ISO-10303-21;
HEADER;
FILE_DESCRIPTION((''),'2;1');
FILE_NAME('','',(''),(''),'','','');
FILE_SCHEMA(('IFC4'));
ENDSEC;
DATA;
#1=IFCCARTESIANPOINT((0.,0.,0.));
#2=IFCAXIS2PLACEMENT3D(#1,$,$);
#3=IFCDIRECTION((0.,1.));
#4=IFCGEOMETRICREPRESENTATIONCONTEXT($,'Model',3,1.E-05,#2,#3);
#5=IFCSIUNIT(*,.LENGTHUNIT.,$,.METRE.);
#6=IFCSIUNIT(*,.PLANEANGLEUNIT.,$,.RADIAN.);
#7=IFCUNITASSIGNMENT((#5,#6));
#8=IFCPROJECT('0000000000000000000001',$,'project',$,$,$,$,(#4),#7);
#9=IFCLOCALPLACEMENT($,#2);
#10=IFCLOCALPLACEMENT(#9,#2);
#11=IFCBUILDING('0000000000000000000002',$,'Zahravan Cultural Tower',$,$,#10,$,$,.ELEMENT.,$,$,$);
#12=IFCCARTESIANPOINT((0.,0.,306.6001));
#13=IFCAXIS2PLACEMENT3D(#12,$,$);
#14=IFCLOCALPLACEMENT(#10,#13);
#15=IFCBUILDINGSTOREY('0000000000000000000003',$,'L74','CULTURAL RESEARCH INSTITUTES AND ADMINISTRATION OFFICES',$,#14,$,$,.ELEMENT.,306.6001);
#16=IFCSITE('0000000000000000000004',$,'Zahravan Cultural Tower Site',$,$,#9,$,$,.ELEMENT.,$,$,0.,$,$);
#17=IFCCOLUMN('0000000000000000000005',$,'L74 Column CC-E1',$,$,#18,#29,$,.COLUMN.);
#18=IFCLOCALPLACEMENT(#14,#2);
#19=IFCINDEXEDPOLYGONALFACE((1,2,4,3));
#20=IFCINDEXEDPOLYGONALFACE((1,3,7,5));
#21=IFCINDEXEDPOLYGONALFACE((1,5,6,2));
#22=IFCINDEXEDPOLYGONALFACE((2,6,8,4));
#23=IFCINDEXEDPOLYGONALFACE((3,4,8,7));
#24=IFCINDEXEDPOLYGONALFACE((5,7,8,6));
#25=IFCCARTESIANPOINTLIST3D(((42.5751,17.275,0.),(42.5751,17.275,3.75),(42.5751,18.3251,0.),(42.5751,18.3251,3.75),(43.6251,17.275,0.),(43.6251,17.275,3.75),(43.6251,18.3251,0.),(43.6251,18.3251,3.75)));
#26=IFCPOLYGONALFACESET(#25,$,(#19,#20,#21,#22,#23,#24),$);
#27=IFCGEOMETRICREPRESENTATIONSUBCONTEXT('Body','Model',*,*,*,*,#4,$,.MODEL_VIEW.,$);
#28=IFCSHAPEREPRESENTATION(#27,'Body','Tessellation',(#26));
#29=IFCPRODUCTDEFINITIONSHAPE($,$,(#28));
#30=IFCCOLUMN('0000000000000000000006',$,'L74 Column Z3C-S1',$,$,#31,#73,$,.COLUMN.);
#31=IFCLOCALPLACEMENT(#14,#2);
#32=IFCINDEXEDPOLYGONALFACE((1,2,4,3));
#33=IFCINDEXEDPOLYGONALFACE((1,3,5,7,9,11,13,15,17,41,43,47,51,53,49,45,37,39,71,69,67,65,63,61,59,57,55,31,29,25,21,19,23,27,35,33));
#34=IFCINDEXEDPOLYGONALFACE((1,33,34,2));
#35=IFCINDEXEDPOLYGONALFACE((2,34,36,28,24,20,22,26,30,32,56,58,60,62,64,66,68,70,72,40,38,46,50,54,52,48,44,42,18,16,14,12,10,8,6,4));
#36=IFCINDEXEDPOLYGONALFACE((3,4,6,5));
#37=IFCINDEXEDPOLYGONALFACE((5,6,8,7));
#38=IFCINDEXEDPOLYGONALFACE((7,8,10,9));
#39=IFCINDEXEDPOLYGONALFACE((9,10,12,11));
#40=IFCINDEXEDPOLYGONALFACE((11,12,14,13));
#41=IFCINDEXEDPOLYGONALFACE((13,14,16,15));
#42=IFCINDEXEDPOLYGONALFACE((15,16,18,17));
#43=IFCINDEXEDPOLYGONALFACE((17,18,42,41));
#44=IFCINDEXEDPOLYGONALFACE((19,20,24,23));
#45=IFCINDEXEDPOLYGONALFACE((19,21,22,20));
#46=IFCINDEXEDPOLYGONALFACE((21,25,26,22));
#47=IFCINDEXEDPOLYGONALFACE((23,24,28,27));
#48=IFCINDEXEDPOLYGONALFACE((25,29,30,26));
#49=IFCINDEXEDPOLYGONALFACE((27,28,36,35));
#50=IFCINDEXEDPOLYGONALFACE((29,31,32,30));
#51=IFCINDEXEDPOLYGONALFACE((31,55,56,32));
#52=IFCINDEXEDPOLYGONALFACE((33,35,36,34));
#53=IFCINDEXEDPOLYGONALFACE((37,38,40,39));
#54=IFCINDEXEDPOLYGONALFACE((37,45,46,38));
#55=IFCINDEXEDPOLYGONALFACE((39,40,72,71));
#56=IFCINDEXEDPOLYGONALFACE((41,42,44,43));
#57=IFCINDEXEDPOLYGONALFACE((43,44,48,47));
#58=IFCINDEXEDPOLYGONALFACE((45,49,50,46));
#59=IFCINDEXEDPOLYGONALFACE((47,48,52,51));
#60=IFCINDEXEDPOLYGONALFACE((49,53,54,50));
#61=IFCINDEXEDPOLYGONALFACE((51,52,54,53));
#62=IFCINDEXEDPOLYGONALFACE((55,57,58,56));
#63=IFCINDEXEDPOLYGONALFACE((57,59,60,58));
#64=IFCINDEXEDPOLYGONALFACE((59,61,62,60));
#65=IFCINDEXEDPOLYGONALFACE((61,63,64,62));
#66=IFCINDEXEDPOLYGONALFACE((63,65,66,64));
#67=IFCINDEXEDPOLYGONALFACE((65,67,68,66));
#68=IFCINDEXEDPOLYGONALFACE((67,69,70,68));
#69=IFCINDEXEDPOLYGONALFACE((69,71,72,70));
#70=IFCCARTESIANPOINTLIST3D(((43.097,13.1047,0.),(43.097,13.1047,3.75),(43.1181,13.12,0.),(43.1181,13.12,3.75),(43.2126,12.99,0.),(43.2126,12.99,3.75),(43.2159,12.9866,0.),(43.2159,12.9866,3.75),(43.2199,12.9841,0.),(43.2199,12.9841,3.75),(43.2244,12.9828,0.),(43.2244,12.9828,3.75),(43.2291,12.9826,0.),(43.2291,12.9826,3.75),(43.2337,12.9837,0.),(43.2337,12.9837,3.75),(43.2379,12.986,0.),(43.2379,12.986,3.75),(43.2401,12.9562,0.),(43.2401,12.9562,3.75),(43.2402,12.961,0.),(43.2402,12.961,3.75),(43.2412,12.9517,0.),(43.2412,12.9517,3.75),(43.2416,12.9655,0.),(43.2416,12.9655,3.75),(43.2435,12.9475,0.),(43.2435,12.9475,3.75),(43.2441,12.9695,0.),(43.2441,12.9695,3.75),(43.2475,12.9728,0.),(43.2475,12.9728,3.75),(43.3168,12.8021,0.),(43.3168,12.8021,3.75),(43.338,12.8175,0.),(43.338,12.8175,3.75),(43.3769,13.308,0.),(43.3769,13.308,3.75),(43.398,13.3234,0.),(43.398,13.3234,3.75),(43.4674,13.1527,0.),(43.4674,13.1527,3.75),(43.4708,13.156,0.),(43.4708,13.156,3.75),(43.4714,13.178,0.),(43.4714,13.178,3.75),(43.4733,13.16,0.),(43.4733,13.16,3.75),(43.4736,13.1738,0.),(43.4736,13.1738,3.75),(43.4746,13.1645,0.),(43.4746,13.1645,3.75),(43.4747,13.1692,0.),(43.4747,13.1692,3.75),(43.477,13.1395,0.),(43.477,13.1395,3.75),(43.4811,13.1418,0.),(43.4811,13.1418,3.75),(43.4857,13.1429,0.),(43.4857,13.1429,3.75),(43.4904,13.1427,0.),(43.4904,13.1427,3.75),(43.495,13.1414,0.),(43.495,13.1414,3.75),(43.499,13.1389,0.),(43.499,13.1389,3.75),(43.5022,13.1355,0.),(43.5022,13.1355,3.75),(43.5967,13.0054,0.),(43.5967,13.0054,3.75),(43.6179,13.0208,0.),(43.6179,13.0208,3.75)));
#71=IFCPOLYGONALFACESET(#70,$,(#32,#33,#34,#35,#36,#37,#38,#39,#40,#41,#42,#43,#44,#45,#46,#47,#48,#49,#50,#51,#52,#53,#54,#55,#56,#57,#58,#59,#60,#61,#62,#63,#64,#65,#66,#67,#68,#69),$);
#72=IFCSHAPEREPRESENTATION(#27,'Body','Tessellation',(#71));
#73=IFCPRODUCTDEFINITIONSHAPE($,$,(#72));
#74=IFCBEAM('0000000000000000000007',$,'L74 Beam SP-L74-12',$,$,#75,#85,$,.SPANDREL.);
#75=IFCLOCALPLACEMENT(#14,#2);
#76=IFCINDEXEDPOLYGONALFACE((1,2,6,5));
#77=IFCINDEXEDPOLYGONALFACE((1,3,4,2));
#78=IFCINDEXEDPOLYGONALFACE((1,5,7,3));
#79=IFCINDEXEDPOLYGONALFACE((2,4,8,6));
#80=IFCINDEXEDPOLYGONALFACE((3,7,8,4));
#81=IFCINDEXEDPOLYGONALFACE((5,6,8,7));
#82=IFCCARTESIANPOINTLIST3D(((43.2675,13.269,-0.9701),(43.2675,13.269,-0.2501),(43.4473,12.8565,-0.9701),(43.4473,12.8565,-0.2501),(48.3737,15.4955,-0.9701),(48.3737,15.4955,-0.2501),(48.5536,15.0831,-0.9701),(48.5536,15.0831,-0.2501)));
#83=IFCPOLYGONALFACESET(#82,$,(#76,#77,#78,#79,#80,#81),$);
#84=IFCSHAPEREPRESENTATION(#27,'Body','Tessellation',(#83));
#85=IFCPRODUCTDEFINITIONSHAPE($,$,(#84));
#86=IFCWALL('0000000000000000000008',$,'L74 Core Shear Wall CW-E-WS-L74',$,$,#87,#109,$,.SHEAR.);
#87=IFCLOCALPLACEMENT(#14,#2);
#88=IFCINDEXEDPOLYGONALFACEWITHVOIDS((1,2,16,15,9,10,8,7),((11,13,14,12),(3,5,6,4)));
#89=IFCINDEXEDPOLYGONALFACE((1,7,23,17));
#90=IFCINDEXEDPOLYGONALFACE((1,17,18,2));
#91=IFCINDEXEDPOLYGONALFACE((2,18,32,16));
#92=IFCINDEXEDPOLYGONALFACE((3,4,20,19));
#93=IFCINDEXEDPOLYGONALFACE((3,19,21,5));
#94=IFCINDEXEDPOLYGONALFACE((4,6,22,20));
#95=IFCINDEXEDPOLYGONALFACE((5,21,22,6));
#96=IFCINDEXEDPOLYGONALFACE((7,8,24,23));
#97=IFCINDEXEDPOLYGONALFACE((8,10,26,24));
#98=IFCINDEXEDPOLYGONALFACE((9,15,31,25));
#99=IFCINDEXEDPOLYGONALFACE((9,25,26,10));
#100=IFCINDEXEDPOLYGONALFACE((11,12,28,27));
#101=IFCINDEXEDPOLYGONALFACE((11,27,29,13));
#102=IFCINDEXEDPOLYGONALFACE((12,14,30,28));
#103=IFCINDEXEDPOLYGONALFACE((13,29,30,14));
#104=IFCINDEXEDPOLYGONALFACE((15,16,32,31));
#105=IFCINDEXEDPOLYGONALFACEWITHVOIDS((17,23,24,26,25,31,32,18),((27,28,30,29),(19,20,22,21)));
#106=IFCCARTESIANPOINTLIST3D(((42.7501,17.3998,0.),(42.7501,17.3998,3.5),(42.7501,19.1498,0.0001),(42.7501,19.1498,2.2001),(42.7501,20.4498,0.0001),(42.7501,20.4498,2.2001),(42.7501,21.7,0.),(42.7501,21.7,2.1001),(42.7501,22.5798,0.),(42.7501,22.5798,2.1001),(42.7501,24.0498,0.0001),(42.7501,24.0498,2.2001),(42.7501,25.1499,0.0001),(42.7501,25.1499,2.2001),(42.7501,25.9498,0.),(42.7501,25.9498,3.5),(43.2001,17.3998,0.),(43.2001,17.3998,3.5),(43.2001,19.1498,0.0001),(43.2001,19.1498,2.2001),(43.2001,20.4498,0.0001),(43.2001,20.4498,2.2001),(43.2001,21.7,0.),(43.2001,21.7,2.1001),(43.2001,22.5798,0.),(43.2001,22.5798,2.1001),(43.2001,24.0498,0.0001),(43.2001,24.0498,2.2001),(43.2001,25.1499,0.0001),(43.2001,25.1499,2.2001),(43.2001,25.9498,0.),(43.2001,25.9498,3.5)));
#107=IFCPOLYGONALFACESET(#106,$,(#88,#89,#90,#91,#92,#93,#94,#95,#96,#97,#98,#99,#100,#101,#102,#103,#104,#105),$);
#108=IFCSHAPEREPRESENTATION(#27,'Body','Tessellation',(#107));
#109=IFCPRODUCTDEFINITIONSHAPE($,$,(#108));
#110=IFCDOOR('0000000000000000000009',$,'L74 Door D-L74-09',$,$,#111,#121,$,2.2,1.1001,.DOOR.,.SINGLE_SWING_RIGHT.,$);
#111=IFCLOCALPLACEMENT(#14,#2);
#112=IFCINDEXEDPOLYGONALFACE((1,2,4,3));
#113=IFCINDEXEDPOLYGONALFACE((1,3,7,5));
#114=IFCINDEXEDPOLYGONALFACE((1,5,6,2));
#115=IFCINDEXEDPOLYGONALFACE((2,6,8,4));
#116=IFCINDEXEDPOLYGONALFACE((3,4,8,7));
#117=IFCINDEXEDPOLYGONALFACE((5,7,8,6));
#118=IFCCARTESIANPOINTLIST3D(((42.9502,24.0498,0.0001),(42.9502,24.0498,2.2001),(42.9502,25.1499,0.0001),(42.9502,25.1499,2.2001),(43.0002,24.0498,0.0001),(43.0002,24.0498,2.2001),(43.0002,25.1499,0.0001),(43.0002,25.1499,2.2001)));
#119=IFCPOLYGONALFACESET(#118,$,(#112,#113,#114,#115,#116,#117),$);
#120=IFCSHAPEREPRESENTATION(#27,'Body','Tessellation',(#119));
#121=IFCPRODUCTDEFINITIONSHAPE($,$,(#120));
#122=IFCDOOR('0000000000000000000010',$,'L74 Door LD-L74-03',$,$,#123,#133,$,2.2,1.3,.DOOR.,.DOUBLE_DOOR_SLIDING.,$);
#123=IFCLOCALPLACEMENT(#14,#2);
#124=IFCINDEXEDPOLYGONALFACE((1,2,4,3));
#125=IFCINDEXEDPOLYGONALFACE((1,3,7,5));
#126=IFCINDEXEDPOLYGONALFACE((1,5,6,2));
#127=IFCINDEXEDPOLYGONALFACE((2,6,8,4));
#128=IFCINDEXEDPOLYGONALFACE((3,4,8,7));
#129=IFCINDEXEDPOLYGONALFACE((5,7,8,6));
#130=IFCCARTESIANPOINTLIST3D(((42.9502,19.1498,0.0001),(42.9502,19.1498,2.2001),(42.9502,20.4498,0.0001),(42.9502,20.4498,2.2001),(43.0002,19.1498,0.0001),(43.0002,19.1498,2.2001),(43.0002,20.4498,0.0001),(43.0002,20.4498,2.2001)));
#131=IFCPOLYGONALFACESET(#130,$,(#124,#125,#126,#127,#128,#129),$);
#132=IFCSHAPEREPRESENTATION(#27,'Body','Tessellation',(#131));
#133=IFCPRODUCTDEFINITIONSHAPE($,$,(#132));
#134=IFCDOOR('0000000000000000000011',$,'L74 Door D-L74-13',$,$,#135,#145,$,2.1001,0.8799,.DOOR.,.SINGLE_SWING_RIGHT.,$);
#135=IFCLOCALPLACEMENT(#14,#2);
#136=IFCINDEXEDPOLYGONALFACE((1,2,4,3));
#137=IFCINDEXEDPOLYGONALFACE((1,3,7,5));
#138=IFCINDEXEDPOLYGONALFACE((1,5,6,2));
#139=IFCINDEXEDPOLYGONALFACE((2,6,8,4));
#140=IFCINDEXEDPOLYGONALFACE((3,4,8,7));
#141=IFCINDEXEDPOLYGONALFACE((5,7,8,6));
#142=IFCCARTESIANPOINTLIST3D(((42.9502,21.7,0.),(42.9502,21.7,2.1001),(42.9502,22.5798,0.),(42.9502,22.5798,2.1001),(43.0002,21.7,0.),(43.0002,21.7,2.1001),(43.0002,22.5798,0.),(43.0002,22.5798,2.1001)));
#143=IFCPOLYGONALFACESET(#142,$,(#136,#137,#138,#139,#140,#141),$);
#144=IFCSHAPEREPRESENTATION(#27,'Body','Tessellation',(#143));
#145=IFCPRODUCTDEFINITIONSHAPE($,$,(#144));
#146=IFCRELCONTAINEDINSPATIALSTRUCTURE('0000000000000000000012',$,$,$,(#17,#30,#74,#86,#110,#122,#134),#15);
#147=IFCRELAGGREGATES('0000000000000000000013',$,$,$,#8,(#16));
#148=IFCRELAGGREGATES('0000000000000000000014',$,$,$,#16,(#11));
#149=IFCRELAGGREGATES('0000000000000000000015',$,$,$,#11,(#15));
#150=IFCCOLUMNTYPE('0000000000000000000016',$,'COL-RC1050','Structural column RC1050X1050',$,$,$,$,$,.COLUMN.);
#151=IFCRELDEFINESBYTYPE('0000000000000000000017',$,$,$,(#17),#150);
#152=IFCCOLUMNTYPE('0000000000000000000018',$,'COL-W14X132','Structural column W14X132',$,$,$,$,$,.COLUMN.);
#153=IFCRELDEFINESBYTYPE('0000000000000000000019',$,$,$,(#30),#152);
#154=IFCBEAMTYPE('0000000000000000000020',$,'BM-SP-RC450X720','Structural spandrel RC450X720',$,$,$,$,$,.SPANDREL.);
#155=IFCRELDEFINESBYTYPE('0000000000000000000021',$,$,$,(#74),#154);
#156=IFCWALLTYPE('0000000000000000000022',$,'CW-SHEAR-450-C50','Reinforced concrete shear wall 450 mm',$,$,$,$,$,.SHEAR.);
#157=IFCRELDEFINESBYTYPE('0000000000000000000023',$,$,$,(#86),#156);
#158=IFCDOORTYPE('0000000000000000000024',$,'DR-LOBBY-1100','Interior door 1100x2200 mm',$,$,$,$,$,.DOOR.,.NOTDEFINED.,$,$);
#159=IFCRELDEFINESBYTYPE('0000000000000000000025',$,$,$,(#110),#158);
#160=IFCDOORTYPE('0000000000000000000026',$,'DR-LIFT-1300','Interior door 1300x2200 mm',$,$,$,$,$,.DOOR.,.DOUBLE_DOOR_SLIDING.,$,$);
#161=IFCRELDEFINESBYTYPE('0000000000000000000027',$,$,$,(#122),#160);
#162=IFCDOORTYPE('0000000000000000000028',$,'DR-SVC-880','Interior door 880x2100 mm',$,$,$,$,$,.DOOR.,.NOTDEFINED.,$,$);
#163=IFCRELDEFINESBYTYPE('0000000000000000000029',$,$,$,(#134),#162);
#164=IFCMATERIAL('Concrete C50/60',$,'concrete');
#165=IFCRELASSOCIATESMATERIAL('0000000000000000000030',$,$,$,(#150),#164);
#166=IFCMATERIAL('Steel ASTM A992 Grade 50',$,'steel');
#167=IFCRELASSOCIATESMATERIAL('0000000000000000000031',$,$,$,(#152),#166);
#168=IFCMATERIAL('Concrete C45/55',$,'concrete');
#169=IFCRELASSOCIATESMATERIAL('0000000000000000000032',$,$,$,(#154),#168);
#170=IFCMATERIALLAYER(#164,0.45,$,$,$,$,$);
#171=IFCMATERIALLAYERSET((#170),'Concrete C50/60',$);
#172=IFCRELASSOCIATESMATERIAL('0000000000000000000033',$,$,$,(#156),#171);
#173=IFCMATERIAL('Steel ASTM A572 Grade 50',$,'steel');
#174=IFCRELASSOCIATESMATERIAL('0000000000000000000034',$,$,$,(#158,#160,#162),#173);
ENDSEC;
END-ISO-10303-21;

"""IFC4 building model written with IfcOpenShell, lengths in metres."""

from ifc_helpers import new_model, si_unit, direction, frame, frame_2d, origin, origin_2d, place, context, subcontext, project, spatial, rectangle, i_section, extrude, source, transform, mapped, material, layer, layer_set, material_profile, profile_set, type_object, element, fill, save


model = new_model("IFC4")

# Units and contexts
model_context = context("Model", 3, precision=1e-05, world=origin(), true_north=direction((0.0, 1.0)))
body_context = subcontext(model_context, "Body", "Model", "MODEL_VIEW")
ifc_project = project(units=[si_unit("LENGTHUNIT", "METRE"), si_unit("PLANEANGLEUNIT", "RADIAN")], contexts=[model_context])

# Site, building, storey
site_placement = place(None, origin())
site = spatial("IfcSite", under=ifc_project, at=site_placement, Name="Zahravan Cultural Tower Site", CompositionType="ELEMENT", RefElevation=0.0)
building_placement = place(site_placement, origin())
building = spatial("IfcBuilding", under=site, at=building_placement, Name="Zahravan Cultural Tower", CompositionType="ELEMENT")
storey_placement = place(building_placement, frame((0.0, 0.0, 306.6001)))
storey = spatial("IfcBuildingStorey", under=building, at=storey_placement, Name="L74", Description="CULTURAL RESEARCH INSTITUTES AND ADMINISTRATION OFFICES", CompositionType="ELEMENT", Elevation=306.6001)

# Columns
ifc_material_1 = material(Name="Concrete C50/60", Category="concrete")
ifc_material_profile_1 = material_profile(ifc_material_1, rectangle(XDim=1.05, YDim=1.05, at=origin_2d()), Name="RC1050X1050")
ifc_profile_set_1 = profile_set([ifc_material_profile_1], Name="Concrete C50/60")
column_type_1 = type_object("IfcColumnType", Name="COL-RC1050", Description="Structural column RC1050X1050", PredefinedType="COLUMN", material=ifc_profile_set_1)
shared_shape_1 = source(origin(), body_context, "Body", "SweptSolid", [
    extrude(rectangle(XDim=1.05, YDim=1.05, at=origin_2d()), origin(), (0.0, 0.0, 1.0), 3.75),
])
column_1_placement = place(storey_placement, frame((43.1001, 17.8, 0.0), z_axis=(0.0, 0.0, 1.0), x_axis=(1.0, 0.0, 0.0)))
element("IfcColumn", 1, at=column_1_placement, inside=storey, type_object=column_type_1, Name="L74 Column CC-E1", PredefinedType="COLUMN", context=body_context, shape_type="MappedRepresentation", body=[
    mapped(shared_shape_1, transform((0.0, 0.0, 0.0), x_axis=(1.0, 0.0, 0.0), y_axis=(0.0, 1.0, 0.0), z_axis=(0.0, 0.0, 1.0), scale=1.0)),
])
ifc_material_2 = material(Name="Steel ASTM A992 Grade 50", Category="steel")
ifc_material_profile_2 = material_profile(ifc_material_2, i_section(OverallWidth=0.374, OverallDepth=0.3721, WebThickness=0.0164, FlangeThickness=0.0261, FilletRadius=0.0181, at=origin_2d()), Name="W14X132")
ifc_profile_set_2 = profile_set([ifc_material_profile_2], Name="Steel ASTM A992 Grade 50")
column_type_2 = type_object("IfcColumnType", Name="COL-W14X132", Description="Structural column W14X132", PredefinedType="COLUMN", material=ifc_profile_set_2)
shared_shape_2 = source(origin(), body_context, "Body", "SweptSolid", [
    extrude(i_section(OverallWidth=0.374, OverallDepth=0.3721, WebThickness=0.0164, FlangeThickness=0.0261, FilletRadius=0.0181, at=origin_2d()), origin(), (0.0, 0.0, 1.0), 3.75),
])
column_2_placement = place(storey_placement, frame((43.3574, 13.0627, 0.0), z_axis=(0.0, 0.0, 1.0), x_axis=(-0.587785, 0.809017, 0.0)))
element("IfcColumn", 2, at=column_2_placement, inside=storey, type_object=column_type_2, Name="L74 Column Z3C-S1", PredefinedType="COLUMN", context=body_context, shape_type="MappedRepresentation", body=[
    mapped(shared_shape_2, transform((0.0, 0.0, 0.0), x_axis=(1.0, 0.0, 0.0), y_axis=(0.0, 1.0, 0.0), z_axis=(0.0, 0.0, 1.0), scale=1.0)),
])

# Beam
ifc_material_3 = material(Name="Concrete C45/55", Category="concrete")
ifc_material_profile_3 = material_profile(ifc_material_3, rectangle(XDim=0.45, YDim=0.72, at=origin_2d()), Name="RC450X720")
ifc_profile_set_3 = profile_set([ifc_material_profile_3], Name="Concrete C45/55")
beam_type = type_object("IfcBeamType", Name="BM-SP-RC450X720", Description="Structural spandrel RC450X720", PredefinedType="SPANDREL", material=ifc_profile_set_3)
shared_shape_3 = source(origin(), body_context, "Body", "SweptSolid", [
    extrude(rectangle(XDim=0.45, YDim=0.72, at=origin_2d()), origin(), (0.0, 0.0, 1.0), 5.5706),
])
beam_placement = place(storey_placement, frame((43.3574, 13.0627, -0.6101), z_axis=(0.916645, 0.399703, 0.0), x_axis=(-0.399703, 0.916645, 0.0)))
element("IfcBeam", 3, at=beam_placement, inside=storey, type_object=beam_type, Name="L74 Beam SP-L74-12", PredefinedType="SPANDREL", context=body_context, shape_type="MappedRepresentation", body=[
    mapped(shared_shape_3, transform((0.0, 0.0, 0.0), x_axis=(1.0, 0.0, 0.0), y_axis=(0.0, 1.0, 0.0), z_axis=(0.0, 0.0, 1.0), scale=1.0)),
])

# Wall, openings, doors
ifc_layer_1 = layer(ifc_material_1, 0.45)
ifc_layer_set_1 = layer_set([ifc_layer_1], Name="Concrete C50/60")
wall_type_1 = type_object("IfcWallType", Name="CW-SHEAR-450-C50", Description="Reinforced concrete shear wall 450 mm", PredefinedType="SHEAR", material=ifc_layer_set_1)
wall_1_placement = place(storey_placement, frame((42.9751, 17.3999, 0.0), z_axis=(0.0, 0.0, 1.0), x_axis=(0.0, 1.0, 0.0)))
wall_1 = element("IfcWall", 4, at=wall_1_placement, inside=storey, type_object=wall_type_1, Name="L74 Core Shear Wall CW-E-WS-L74", PredefinedType="SHEAR", context=body_context, shape_type="SweptSolid", body=[
    extrude(rectangle(XDim=8.55, YDim=0.45, at=frame_2d((4.2749, 0.0))), origin(), (0.0, 0.0, 1.0), 3.5),
])
opening_1_placement = place(wall_1_placement, frame((6.6499, 0.0, 0.0)))
opening_1 = element("IfcOpeningElement", 5, at=opening_1_placement, cuts=wall_1, PredefinedType="OPENING", context=body_context, shape_type="SweptSolid", body=[
    extrude(rectangle(XDim=1.1001, YDim=2.2, at=frame_2d((0.55, 1.1001))), frame((0.0, 0.2349, 0.0), z_axis=(0.0, -1.0, 0.0), x_axis=(1.0, 0.0, 0.0)), (0.0, 0.0, 1.0), 0.47),
])
opening_2_placement = place(wall_1_placement, frame((1.75, 0.0, 0.0)))
opening_2 = element("IfcOpeningElement", 6, at=opening_2_placement, cuts=wall_1, PredefinedType="OPENING", context=body_context, shape_type="SweptSolid", body=[
    extrude(rectangle(XDim=1.3, YDim=2.2, at=frame_2d((0.6499, 1.1001))), frame((0.0, 0.2349, 0.0), z_axis=(0.0, -1.0, 0.0), x_axis=(1.0, 0.0, 0.0)), (0.0, 0.0, 1.0), 0.47),
])
opening_3_placement = place(wall_1_placement, frame((4.3, 0.0, 0.0)))
opening_3 = element("IfcOpeningElement", 7, at=opening_3_placement, cuts=wall_1, PredefinedType="OPENING", context=body_context, shape_type="SweptSolid", body=[
    extrude(rectangle(XDim=0.8799, YDim=2.1001, at=frame_2d((0.4399, 1.05))), frame((0.0, 0.2349, 0.0), z_axis=(0.0, -1.0, 0.0), x_axis=(1.0, 0.0, 0.0)), (0.0, 0.0, 1.0), 0.47),
])
ifc_material_4 = material(Name="Steel ASTM A572 Grade 50", Category="steel")
door_type_1 = type_object("IfcDoorType", Name="DR-LOBBY-1100", Description="Interior door 1100x2200 mm", OperationType="NOTDEFINED", PredefinedType="DOOR", material=ifc_material_4)
shared_shape_4 = source(origin(), body_context, "Body", "SweptSolid", [
    extrude(rectangle(XDim=1.1001, YDim=2.2, at=frame_2d((0.55, 1.1001))), frame((0.0, 0.0249, 0.0), z_axis=(0.0, -1.0, 0.0), x_axis=(1.0, 0.0, 0.0)), (0.0, 0.0, 1.0), 0.05),
])
door_1_placement = place(opening_1_placement, origin())
door_1 = element("IfcDoor", 8, at=door_1_placement, inside=storey, type_object=door_type_1, Name="L74 Door D-L74-09", OperationType="SINGLE_SWING_RIGHT", OverallHeight=2.2, OverallWidth=1.1001, PredefinedType="DOOR", context=body_context, shape_type="MappedRepresentation", body=[
    mapped(shared_shape_4, transform((0.0, 0.0, 0.0), x_axis=(1.0, 0.0, 0.0), y_axis=(0.0, 1.0, 0.0), z_axis=(0.0, 0.0, 1.0), scale=1.0)),
])
fill(opening_1, door_1)
door_type_2 = type_object("IfcDoorType", Name="DR-LIFT-1300", Description="Interior door 1300x2200 mm", OperationType="DOUBLE_DOOR_SLIDING", PredefinedType="DOOR", material=ifc_material_4)
shared_shape_5 = source(origin(), body_context, "Body", "SweptSolid", [
    extrude(rectangle(XDim=1.3, YDim=2.2, at=frame_2d((0.6499, 1.1001))), frame((0.0, 0.0249, 0.0), z_axis=(0.0, -1.0, 0.0), x_axis=(1.0, 0.0, 0.0)), (0.0, 0.0, 1.0), 0.05),
])
door_2_placement = place(opening_2_placement, origin())
door_2 = element("IfcDoor", 9, at=door_2_placement, inside=storey, type_object=door_type_2, Name="L74 Door LD-L74-03", OperationType="DOUBLE_DOOR_SLIDING", OverallHeight=2.2, OverallWidth=1.3, PredefinedType="DOOR", context=body_context, shape_type="MappedRepresentation", body=[
    mapped(shared_shape_5, transform((0.0, 0.0, 0.0), x_axis=(1.0, 0.0, 0.0), y_axis=(0.0, 1.0, 0.0), z_axis=(0.0, 0.0, 1.0), scale=1.0)),
])
fill(opening_2, door_2)
door_type_3 = type_object("IfcDoorType", Name="DR-SVC-880", Description="Interior door 880x2100 mm", OperationType="NOTDEFINED", PredefinedType="DOOR", material=ifc_material_4)
shared_shape_6 = source(origin(), body_context, "Body", "SweptSolid", [
    extrude(rectangle(XDim=0.8799, YDim=2.1001, at=frame_2d((0.4399, 1.05))), frame((0.0, 0.0249, 0.0), z_axis=(0.0, -1.0, 0.0), x_axis=(1.0, 0.0, 0.0)), (0.0, 0.0, 1.0), 0.05),
])
door_3_placement = place(opening_3_placement, origin())
door_3 = element("IfcDoor", 10, at=door_3_placement, inside=storey, type_object=door_type_3, Name="L74 Door D-L74-13", OperationType="SINGLE_SWING_RIGHT", OverallHeight=2.1001, OverallWidth=0.8799, PredefinedType="DOOR", context=body_context, shape_type="MappedRepresentation", body=[
    mapped(shared_shape_6, transform((0.0, 0.0, 0.0), x_axis=(1.0, 0.0, 0.0), y_axis=(0.0, 1.0, 0.0), z_axis=(0.0, 0.0, 1.0), scale=1.0)),
])
fill(opening_3, door_3)

save(model, "model.ifc")
